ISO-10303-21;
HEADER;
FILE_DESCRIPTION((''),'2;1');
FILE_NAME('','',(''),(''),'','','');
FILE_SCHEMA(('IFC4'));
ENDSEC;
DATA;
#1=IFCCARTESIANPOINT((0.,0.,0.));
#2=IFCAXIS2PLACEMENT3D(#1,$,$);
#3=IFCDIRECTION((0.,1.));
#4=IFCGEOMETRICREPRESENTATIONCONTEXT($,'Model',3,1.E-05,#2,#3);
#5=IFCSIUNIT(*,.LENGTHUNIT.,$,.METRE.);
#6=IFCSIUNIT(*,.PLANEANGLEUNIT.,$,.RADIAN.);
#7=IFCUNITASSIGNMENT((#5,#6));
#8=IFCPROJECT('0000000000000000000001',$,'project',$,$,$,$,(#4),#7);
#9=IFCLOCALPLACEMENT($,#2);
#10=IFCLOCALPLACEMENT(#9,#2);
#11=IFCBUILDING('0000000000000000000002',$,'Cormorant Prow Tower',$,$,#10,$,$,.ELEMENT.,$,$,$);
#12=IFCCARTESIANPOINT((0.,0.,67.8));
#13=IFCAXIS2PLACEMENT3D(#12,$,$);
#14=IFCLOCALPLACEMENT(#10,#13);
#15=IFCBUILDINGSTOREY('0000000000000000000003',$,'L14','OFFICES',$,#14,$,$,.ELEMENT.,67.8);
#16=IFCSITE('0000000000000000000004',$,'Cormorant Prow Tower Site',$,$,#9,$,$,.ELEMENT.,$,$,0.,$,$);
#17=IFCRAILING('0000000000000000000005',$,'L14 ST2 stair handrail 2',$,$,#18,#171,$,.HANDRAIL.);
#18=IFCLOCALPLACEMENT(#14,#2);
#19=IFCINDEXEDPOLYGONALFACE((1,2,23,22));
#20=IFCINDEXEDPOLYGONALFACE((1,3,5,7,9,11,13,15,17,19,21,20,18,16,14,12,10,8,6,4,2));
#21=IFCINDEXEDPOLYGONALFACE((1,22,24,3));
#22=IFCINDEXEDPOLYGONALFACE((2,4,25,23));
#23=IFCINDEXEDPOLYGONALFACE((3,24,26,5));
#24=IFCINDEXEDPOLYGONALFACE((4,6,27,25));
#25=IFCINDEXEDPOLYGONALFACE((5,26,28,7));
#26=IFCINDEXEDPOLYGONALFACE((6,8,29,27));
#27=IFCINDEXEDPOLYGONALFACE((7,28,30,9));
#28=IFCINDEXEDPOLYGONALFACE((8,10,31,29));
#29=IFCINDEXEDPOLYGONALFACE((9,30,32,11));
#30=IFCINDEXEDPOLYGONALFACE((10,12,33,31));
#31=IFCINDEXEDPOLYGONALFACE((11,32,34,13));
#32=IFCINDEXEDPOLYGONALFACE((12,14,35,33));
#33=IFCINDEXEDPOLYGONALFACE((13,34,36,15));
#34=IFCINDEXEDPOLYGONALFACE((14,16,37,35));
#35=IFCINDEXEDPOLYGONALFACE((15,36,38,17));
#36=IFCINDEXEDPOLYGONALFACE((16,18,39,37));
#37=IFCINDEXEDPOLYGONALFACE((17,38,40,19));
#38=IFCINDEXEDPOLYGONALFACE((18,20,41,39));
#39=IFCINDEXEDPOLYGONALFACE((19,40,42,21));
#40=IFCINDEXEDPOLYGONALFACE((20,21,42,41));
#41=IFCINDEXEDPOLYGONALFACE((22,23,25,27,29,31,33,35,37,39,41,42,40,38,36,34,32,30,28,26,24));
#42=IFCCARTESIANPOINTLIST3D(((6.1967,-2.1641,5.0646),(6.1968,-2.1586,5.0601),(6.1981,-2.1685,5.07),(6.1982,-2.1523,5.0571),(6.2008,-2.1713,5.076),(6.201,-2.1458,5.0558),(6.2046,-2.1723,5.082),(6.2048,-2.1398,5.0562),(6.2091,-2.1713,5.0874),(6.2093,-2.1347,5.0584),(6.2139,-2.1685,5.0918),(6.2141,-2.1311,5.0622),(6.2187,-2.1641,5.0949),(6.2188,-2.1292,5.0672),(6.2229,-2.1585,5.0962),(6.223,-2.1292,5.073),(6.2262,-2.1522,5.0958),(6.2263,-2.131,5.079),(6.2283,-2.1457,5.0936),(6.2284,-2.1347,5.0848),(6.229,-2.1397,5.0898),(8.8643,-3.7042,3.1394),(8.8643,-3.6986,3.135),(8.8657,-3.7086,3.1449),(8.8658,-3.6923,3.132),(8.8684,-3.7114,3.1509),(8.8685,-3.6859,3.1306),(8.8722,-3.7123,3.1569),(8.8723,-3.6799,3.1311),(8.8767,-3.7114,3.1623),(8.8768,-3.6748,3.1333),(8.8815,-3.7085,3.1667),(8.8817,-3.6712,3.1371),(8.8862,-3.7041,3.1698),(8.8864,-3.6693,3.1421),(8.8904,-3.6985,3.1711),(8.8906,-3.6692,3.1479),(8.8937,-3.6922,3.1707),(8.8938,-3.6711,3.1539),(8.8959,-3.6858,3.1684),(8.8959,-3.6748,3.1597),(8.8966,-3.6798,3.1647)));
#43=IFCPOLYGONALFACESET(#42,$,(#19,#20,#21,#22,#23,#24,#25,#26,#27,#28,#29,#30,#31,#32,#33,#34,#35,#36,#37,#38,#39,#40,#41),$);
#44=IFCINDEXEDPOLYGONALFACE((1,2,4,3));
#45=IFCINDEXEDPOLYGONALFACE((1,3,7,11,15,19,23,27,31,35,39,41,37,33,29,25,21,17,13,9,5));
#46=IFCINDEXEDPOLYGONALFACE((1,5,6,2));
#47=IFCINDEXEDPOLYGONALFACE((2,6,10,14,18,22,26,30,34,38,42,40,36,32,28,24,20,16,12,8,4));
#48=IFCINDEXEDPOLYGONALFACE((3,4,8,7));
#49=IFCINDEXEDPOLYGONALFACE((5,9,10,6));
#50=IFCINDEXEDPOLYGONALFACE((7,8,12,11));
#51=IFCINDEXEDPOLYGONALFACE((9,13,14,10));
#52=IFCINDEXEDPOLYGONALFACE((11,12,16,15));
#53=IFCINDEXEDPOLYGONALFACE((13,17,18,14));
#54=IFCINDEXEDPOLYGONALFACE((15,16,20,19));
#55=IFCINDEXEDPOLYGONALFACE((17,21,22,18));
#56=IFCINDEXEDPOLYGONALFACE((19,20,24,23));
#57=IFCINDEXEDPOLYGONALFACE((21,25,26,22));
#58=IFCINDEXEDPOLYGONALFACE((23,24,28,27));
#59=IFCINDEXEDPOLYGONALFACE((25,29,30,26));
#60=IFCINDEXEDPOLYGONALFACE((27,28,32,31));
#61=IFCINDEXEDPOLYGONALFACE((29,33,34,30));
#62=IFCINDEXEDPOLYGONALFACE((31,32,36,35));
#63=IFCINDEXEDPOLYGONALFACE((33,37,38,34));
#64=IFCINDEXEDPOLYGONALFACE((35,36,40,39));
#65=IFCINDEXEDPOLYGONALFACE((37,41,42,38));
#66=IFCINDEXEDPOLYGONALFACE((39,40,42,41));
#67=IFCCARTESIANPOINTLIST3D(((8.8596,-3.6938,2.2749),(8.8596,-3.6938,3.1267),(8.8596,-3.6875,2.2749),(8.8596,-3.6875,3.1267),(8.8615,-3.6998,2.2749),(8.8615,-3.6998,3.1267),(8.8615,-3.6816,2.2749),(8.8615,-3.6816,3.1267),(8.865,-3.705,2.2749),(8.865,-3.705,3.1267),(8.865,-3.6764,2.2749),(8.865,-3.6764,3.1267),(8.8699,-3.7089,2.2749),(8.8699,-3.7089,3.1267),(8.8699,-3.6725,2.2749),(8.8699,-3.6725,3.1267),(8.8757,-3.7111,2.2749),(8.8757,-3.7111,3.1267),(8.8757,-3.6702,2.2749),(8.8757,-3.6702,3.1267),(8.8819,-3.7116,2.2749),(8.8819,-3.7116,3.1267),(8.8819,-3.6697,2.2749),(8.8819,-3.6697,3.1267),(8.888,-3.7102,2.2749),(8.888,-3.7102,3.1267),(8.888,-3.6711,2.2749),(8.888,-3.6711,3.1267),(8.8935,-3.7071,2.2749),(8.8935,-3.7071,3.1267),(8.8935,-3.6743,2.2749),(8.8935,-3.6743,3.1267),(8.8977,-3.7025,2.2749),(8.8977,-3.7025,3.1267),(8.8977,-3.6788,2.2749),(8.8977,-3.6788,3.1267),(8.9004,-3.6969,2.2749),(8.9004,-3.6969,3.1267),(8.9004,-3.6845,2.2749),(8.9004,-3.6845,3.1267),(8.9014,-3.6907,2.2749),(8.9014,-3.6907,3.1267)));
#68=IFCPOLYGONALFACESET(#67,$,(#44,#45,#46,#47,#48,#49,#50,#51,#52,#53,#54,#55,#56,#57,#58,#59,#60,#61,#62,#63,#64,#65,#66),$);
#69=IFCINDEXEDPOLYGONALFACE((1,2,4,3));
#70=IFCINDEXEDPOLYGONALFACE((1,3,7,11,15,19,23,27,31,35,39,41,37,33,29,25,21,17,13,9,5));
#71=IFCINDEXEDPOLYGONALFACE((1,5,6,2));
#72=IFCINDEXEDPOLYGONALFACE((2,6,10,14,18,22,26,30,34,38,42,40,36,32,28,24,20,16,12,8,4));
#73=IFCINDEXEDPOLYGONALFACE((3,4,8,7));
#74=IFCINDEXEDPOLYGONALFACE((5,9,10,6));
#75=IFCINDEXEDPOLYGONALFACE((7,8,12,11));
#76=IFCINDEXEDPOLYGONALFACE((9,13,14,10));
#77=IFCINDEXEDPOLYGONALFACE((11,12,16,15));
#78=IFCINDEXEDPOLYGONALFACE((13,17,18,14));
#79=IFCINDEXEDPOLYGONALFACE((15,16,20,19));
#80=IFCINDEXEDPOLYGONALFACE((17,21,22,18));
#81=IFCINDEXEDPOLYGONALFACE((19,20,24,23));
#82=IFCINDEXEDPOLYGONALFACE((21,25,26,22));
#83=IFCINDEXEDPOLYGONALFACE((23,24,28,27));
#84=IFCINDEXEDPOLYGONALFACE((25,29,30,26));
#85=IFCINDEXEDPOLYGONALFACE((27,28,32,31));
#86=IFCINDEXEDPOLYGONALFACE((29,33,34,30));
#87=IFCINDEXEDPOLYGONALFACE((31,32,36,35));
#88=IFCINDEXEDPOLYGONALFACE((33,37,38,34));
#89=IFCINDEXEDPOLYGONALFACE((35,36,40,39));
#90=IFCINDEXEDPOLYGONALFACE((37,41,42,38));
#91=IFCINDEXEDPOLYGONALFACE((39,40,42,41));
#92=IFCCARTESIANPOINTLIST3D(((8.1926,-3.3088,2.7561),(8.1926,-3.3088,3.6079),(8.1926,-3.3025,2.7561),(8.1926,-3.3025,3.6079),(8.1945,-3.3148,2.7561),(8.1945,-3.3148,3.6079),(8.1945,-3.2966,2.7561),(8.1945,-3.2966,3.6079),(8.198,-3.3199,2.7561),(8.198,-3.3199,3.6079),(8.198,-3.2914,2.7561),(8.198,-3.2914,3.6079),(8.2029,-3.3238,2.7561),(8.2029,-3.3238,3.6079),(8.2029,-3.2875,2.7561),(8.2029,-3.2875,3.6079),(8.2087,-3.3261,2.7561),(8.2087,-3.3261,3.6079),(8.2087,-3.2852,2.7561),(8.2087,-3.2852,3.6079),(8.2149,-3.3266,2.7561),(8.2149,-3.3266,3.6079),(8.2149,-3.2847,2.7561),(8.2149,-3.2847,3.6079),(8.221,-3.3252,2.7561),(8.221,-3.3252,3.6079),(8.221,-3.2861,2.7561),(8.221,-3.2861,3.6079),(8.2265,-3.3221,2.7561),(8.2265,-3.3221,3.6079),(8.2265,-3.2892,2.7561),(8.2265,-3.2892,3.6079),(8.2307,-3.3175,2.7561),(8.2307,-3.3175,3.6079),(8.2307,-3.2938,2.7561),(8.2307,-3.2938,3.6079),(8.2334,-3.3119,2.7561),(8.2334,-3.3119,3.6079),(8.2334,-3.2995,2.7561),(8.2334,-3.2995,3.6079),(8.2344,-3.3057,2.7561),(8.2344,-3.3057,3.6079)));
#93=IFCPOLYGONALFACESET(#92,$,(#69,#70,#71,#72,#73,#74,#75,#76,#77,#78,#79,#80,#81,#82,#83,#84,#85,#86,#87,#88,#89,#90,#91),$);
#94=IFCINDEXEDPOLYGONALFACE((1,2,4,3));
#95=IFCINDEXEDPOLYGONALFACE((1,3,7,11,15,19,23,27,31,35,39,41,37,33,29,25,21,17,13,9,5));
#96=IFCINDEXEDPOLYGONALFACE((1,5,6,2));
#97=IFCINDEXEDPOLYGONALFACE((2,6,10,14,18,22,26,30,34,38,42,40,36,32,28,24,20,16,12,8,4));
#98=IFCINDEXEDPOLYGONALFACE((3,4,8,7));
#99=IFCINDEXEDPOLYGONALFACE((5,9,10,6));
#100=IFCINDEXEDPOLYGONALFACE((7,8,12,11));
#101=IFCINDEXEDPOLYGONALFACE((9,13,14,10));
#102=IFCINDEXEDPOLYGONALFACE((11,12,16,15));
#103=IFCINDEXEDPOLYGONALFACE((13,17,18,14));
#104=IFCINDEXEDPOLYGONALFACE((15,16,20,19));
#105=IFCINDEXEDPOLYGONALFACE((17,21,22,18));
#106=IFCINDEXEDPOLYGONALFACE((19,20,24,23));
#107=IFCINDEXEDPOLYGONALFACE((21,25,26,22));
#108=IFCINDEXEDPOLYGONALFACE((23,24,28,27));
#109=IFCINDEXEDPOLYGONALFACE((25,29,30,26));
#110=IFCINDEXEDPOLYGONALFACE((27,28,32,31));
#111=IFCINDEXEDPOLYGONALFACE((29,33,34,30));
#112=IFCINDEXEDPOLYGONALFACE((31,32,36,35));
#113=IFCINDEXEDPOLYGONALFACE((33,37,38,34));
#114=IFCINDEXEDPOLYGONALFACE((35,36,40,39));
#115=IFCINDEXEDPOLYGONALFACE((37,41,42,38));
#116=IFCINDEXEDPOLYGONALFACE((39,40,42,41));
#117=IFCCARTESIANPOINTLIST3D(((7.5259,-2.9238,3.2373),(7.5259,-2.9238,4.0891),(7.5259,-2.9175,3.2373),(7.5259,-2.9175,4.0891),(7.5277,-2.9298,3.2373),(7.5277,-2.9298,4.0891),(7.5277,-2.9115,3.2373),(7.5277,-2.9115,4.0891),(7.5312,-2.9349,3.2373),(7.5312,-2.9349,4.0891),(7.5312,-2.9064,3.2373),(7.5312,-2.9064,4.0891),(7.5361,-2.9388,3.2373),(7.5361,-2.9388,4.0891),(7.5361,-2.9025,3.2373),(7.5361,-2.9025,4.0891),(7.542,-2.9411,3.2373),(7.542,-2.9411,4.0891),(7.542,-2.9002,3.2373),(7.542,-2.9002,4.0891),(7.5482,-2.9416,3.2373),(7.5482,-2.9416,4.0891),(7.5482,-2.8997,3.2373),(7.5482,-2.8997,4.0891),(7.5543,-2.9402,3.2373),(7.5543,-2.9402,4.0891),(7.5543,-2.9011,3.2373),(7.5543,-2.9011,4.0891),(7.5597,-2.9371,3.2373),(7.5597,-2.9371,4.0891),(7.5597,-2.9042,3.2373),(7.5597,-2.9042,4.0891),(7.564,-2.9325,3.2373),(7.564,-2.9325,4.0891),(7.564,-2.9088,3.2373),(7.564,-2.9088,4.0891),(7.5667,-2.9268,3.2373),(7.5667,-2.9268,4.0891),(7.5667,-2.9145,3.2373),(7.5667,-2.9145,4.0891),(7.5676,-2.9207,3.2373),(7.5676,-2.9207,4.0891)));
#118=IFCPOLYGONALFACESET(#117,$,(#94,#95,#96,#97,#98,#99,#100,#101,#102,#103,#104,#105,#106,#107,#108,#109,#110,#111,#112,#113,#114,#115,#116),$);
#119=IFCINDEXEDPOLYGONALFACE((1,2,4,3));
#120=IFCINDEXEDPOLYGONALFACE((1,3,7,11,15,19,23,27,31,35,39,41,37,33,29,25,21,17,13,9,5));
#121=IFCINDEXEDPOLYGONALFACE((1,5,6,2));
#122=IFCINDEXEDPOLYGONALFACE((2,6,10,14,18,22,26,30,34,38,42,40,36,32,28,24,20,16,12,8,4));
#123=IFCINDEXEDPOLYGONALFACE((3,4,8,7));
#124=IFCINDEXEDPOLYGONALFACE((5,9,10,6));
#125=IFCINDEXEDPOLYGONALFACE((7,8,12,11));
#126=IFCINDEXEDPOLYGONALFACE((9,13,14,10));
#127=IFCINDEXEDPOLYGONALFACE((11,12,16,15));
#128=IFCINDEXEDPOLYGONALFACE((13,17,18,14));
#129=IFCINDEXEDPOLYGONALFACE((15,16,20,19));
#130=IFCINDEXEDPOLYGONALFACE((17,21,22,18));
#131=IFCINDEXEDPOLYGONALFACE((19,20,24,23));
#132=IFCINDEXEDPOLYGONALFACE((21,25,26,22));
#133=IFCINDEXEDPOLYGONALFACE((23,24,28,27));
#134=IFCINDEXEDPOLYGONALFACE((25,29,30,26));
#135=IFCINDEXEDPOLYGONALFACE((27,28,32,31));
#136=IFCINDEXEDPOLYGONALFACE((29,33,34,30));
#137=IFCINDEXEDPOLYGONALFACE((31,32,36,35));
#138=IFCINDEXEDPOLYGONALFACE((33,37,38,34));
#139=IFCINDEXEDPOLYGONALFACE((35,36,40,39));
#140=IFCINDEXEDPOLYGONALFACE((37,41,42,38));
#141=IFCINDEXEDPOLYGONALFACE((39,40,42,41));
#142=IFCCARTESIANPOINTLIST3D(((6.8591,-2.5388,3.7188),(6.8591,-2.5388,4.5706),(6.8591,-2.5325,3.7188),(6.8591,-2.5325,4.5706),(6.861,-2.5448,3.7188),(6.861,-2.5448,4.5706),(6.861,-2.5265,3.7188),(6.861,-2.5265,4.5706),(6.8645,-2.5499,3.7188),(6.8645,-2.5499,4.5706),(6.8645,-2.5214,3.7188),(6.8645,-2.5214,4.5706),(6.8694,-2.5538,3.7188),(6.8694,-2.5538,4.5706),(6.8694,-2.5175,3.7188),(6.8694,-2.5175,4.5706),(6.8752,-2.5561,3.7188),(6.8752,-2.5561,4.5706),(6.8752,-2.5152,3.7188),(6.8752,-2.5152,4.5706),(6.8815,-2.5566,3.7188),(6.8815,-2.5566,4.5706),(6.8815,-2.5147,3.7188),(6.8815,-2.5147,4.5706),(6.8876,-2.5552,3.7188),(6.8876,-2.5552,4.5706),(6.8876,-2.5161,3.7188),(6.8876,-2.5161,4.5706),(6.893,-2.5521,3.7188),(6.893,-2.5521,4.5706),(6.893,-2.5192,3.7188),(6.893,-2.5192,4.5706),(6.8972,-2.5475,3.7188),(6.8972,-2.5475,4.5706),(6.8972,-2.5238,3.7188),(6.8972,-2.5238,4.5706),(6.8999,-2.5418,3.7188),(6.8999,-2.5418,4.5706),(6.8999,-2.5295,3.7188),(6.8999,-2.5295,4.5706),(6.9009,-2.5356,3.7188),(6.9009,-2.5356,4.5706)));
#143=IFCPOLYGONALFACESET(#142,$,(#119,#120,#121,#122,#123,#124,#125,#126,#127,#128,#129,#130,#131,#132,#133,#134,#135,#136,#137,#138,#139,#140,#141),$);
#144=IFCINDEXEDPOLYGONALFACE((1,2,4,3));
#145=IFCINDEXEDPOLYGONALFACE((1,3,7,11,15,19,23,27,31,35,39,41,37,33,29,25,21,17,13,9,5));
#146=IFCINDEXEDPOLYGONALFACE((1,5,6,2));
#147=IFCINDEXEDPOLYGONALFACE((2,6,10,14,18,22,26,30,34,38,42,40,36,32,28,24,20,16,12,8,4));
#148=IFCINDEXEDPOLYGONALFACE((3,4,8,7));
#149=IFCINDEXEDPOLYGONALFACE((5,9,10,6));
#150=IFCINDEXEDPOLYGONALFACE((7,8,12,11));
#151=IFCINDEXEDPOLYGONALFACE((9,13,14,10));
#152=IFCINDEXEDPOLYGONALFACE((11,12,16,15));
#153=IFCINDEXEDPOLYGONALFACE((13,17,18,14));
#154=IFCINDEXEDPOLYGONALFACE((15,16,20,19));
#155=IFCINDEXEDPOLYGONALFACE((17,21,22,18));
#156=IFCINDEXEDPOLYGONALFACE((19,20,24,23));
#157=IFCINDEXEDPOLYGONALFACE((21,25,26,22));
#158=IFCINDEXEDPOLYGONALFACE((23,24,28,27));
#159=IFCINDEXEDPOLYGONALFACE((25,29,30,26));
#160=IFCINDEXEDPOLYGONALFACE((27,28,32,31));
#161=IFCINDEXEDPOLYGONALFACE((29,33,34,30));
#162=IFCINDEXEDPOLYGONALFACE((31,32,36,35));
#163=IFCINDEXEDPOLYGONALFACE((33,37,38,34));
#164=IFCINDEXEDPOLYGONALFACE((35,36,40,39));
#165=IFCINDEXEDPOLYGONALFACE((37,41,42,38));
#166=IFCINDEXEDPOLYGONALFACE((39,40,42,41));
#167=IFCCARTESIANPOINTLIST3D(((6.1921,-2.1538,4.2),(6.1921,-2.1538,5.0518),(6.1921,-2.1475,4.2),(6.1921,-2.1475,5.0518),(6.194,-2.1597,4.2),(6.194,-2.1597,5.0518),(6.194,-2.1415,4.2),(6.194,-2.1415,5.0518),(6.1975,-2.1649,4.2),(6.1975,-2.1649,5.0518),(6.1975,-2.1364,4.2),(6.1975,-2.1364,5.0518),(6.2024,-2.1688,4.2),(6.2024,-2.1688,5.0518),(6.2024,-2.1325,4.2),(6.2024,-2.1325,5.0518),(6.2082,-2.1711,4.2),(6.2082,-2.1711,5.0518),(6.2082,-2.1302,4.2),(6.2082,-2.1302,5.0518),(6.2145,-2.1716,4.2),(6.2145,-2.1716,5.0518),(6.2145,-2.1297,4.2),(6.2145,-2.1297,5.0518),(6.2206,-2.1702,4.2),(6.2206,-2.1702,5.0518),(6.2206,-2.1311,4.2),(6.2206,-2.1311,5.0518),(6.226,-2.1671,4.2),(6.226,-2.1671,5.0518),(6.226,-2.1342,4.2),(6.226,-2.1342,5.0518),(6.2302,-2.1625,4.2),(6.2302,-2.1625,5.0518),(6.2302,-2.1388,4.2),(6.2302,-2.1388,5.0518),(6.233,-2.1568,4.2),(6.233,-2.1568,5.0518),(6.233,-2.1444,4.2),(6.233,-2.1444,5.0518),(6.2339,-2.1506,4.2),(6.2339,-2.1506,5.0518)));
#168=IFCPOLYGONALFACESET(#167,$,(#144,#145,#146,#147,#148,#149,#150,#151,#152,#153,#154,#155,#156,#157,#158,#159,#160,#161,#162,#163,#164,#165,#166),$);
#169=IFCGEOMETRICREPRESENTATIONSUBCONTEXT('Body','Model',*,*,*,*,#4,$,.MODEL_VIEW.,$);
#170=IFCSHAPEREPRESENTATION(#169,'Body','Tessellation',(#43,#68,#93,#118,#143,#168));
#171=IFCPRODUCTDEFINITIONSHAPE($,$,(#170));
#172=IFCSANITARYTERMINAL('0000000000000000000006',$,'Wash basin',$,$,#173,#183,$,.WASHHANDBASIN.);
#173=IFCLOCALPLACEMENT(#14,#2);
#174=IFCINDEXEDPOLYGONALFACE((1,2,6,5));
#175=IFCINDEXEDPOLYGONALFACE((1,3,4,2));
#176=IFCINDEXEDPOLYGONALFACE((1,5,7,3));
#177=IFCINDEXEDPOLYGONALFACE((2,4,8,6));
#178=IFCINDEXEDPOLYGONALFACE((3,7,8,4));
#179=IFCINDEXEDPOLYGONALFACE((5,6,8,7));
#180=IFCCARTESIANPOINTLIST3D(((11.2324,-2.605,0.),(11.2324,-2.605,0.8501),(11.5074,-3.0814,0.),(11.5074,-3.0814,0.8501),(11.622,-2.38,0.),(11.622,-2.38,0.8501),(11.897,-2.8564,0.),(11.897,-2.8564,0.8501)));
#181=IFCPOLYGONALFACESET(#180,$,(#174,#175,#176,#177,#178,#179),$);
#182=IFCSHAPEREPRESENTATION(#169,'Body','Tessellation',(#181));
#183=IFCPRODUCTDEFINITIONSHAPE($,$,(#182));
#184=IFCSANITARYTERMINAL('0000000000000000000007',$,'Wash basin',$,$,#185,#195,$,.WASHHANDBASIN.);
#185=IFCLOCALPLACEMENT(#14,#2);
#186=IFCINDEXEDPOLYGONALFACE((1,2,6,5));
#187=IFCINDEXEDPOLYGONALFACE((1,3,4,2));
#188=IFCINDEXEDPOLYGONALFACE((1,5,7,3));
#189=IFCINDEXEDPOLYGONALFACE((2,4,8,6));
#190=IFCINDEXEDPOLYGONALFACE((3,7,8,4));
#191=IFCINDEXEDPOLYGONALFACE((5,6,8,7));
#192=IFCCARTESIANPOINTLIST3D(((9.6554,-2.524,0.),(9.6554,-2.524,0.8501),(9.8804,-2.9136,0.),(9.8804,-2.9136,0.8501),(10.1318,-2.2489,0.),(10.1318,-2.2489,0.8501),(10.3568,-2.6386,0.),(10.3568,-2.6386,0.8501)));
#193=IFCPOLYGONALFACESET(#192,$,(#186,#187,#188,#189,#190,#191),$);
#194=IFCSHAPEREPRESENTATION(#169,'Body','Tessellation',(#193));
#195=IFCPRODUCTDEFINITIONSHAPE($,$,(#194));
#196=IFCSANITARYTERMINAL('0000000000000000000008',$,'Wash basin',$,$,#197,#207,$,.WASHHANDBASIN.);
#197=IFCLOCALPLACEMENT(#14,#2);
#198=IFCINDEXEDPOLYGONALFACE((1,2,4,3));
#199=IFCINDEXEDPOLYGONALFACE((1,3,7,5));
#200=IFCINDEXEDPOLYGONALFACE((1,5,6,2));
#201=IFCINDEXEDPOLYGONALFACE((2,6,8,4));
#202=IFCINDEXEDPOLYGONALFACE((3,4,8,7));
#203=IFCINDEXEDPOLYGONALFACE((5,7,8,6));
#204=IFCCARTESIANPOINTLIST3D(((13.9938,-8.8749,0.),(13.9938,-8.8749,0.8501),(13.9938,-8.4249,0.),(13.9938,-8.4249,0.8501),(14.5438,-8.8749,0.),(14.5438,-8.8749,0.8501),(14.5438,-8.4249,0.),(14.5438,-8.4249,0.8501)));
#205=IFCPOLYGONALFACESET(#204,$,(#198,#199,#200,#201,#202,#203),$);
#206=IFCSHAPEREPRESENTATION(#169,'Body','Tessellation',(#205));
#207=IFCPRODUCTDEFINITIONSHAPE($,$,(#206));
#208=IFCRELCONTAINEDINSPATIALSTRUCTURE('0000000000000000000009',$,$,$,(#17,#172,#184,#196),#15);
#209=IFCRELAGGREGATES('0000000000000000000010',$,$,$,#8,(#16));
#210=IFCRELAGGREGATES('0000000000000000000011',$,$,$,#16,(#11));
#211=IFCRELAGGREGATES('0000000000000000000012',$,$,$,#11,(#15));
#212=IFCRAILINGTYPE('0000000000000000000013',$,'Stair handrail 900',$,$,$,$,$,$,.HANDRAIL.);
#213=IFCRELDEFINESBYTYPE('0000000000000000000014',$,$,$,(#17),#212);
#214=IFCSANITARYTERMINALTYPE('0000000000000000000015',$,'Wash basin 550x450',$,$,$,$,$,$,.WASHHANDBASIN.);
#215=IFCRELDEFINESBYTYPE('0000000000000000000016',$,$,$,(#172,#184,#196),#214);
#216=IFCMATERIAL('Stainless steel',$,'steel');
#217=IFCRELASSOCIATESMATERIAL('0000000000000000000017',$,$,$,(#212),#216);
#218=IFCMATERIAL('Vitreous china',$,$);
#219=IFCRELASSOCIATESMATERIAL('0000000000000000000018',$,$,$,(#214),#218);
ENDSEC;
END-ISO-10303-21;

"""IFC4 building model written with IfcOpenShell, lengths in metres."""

from ifc_helpers import new_model, si_unit, direction, frame, origin, origin_2d, place, context, subcontext, project, spatial, rectangle, circle, extrude, material, type_object, element, save


model = new_model("IFC4")

# Units and contexts
model_context = context("Model", 3, precision=1e-05, world=origin(), true_north=direction((0.0, 1.0)))
body_context = subcontext(model_context, "Body", "Model", "MODEL_VIEW")
ifc_project = project(units=[si_unit("LENGTHUNIT", "METRE"), si_unit("PLANEANGLEUNIT", "RADIAN")], contexts=[model_context])

# Site, building, storey
site_placement = place(None, origin())
site = spatial("IfcSite", under=ifc_project, at=site_placement, Name="Cormorant Prow Tower Site", CompositionType="ELEMENT", RefElevation=0.0)
building_placement = place(site_placement, origin())
building = spatial("IfcBuilding", under=site, at=building_placement, Name="Cormorant Prow Tower", CompositionType="ELEMENT")
storey_placement = place(building_placement, frame((0.0, 0.0, 67.8)))
storey = spatial("IfcBuildingStorey", under=building, at=storey_placement, Name="L14", Description="OFFICES", CompositionType="ELEMENT", Elevation=67.8)

# Railing
ifc_material_1 = material(Name="Stainless steel", Category="steel")
railing_type_1 = type_object("IfcRailingType", Name="Stair handrail 900", PredefinedType="HANDRAIL", material=ifc_material_1)
railing_1_placement = place(storey_placement, frame((8.8804, -3.6907, 2.2749)))
element("IfcRailing", 1, at=railing_1_placement, inside=storey, type_object=railing_type_1, Name="L14 ST2 stair handrail 2", PredefinedType="HANDRAIL", context=body_context, shape_type="SweptSolid", body=[
    extrude(circle(Radius=0.0239, at=origin_2d()), frame((0.0, 0.0, 0.876), z_axis=(-0.734395, 0.423994, 0.529993), x_axis=(-0.499992, -0.86603, 0.0)), (0.0, 0.0, 1.0), 3.6323),
    extrude(circle(Radius=0.021, at=origin_2d()), origin(), (0.0, 0.0, 1.0), 0.8518),
    extrude(circle(Radius=0.021, at=origin_2d()), frame((-0.667, 0.385, 0.4812)), (0.0, 0.0, 1.0), 0.8518),
    extrude(circle(Radius=0.021, at=origin_2d()), frame((-1.3337, 0.77, 0.9624)), (0.0, 0.0, 1.0), 0.8518),
    extrude(circle(Radius=0.021, at=origin_2d()), frame((-2.0005, 1.155, 1.4438)), (0.0, 0.0, 1.0), 0.8518),
    extrude(circle(Radius=0.021, at=origin_2d()), frame((-2.6675, 1.54, 1.925)), (0.0, 0.0, 1.0), 0.8518),
])

# Sanitary terminals
ifc_material_2 = material(Name="Vitreous china")
sanitary_terminal_type_1 = type_object("IfcSanitaryTerminalType", Name="Wash basin 550x450", PredefinedType="WASHHANDBASIN", material=ifc_material_2)
for number, where, z_axis, x_axis, name in (
    (2, (11.5647, -2.7307, 0.0), (0.0, 0.0, 1.0), (-0.499985, 0.866034, 0.0), "Wash basin"),
    (3, (10.0061, -2.5813, 0.0), (0.0, 0.0, 1.0), (-0.866017, -0.500015, 0.0), "Wash basin"),
    (4, (14.2688, -8.6499, 0.0), (0.0, 0.0, 1.0), (1.0, 0.0, 0.0), "Wash basin"),
):
    element("IfcSanitaryTerminal", number, at=place(storey_placement, frame(where, z_axis=z_axis, x_axis=x_axis)), inside=storey, type_object=sanitary_terminal_type_1, Name=name, PredefinedType="WASHHANDBASIN", context=body_context, shape_type="SweptSolid", body=[
        extrude(rectangle(XDim=0.55, YDim=0.45, at=origin_2d()), origin(), (0.0, 0.0, 1.0), 0.8501),
    ])

save(model, "model.ifc")
